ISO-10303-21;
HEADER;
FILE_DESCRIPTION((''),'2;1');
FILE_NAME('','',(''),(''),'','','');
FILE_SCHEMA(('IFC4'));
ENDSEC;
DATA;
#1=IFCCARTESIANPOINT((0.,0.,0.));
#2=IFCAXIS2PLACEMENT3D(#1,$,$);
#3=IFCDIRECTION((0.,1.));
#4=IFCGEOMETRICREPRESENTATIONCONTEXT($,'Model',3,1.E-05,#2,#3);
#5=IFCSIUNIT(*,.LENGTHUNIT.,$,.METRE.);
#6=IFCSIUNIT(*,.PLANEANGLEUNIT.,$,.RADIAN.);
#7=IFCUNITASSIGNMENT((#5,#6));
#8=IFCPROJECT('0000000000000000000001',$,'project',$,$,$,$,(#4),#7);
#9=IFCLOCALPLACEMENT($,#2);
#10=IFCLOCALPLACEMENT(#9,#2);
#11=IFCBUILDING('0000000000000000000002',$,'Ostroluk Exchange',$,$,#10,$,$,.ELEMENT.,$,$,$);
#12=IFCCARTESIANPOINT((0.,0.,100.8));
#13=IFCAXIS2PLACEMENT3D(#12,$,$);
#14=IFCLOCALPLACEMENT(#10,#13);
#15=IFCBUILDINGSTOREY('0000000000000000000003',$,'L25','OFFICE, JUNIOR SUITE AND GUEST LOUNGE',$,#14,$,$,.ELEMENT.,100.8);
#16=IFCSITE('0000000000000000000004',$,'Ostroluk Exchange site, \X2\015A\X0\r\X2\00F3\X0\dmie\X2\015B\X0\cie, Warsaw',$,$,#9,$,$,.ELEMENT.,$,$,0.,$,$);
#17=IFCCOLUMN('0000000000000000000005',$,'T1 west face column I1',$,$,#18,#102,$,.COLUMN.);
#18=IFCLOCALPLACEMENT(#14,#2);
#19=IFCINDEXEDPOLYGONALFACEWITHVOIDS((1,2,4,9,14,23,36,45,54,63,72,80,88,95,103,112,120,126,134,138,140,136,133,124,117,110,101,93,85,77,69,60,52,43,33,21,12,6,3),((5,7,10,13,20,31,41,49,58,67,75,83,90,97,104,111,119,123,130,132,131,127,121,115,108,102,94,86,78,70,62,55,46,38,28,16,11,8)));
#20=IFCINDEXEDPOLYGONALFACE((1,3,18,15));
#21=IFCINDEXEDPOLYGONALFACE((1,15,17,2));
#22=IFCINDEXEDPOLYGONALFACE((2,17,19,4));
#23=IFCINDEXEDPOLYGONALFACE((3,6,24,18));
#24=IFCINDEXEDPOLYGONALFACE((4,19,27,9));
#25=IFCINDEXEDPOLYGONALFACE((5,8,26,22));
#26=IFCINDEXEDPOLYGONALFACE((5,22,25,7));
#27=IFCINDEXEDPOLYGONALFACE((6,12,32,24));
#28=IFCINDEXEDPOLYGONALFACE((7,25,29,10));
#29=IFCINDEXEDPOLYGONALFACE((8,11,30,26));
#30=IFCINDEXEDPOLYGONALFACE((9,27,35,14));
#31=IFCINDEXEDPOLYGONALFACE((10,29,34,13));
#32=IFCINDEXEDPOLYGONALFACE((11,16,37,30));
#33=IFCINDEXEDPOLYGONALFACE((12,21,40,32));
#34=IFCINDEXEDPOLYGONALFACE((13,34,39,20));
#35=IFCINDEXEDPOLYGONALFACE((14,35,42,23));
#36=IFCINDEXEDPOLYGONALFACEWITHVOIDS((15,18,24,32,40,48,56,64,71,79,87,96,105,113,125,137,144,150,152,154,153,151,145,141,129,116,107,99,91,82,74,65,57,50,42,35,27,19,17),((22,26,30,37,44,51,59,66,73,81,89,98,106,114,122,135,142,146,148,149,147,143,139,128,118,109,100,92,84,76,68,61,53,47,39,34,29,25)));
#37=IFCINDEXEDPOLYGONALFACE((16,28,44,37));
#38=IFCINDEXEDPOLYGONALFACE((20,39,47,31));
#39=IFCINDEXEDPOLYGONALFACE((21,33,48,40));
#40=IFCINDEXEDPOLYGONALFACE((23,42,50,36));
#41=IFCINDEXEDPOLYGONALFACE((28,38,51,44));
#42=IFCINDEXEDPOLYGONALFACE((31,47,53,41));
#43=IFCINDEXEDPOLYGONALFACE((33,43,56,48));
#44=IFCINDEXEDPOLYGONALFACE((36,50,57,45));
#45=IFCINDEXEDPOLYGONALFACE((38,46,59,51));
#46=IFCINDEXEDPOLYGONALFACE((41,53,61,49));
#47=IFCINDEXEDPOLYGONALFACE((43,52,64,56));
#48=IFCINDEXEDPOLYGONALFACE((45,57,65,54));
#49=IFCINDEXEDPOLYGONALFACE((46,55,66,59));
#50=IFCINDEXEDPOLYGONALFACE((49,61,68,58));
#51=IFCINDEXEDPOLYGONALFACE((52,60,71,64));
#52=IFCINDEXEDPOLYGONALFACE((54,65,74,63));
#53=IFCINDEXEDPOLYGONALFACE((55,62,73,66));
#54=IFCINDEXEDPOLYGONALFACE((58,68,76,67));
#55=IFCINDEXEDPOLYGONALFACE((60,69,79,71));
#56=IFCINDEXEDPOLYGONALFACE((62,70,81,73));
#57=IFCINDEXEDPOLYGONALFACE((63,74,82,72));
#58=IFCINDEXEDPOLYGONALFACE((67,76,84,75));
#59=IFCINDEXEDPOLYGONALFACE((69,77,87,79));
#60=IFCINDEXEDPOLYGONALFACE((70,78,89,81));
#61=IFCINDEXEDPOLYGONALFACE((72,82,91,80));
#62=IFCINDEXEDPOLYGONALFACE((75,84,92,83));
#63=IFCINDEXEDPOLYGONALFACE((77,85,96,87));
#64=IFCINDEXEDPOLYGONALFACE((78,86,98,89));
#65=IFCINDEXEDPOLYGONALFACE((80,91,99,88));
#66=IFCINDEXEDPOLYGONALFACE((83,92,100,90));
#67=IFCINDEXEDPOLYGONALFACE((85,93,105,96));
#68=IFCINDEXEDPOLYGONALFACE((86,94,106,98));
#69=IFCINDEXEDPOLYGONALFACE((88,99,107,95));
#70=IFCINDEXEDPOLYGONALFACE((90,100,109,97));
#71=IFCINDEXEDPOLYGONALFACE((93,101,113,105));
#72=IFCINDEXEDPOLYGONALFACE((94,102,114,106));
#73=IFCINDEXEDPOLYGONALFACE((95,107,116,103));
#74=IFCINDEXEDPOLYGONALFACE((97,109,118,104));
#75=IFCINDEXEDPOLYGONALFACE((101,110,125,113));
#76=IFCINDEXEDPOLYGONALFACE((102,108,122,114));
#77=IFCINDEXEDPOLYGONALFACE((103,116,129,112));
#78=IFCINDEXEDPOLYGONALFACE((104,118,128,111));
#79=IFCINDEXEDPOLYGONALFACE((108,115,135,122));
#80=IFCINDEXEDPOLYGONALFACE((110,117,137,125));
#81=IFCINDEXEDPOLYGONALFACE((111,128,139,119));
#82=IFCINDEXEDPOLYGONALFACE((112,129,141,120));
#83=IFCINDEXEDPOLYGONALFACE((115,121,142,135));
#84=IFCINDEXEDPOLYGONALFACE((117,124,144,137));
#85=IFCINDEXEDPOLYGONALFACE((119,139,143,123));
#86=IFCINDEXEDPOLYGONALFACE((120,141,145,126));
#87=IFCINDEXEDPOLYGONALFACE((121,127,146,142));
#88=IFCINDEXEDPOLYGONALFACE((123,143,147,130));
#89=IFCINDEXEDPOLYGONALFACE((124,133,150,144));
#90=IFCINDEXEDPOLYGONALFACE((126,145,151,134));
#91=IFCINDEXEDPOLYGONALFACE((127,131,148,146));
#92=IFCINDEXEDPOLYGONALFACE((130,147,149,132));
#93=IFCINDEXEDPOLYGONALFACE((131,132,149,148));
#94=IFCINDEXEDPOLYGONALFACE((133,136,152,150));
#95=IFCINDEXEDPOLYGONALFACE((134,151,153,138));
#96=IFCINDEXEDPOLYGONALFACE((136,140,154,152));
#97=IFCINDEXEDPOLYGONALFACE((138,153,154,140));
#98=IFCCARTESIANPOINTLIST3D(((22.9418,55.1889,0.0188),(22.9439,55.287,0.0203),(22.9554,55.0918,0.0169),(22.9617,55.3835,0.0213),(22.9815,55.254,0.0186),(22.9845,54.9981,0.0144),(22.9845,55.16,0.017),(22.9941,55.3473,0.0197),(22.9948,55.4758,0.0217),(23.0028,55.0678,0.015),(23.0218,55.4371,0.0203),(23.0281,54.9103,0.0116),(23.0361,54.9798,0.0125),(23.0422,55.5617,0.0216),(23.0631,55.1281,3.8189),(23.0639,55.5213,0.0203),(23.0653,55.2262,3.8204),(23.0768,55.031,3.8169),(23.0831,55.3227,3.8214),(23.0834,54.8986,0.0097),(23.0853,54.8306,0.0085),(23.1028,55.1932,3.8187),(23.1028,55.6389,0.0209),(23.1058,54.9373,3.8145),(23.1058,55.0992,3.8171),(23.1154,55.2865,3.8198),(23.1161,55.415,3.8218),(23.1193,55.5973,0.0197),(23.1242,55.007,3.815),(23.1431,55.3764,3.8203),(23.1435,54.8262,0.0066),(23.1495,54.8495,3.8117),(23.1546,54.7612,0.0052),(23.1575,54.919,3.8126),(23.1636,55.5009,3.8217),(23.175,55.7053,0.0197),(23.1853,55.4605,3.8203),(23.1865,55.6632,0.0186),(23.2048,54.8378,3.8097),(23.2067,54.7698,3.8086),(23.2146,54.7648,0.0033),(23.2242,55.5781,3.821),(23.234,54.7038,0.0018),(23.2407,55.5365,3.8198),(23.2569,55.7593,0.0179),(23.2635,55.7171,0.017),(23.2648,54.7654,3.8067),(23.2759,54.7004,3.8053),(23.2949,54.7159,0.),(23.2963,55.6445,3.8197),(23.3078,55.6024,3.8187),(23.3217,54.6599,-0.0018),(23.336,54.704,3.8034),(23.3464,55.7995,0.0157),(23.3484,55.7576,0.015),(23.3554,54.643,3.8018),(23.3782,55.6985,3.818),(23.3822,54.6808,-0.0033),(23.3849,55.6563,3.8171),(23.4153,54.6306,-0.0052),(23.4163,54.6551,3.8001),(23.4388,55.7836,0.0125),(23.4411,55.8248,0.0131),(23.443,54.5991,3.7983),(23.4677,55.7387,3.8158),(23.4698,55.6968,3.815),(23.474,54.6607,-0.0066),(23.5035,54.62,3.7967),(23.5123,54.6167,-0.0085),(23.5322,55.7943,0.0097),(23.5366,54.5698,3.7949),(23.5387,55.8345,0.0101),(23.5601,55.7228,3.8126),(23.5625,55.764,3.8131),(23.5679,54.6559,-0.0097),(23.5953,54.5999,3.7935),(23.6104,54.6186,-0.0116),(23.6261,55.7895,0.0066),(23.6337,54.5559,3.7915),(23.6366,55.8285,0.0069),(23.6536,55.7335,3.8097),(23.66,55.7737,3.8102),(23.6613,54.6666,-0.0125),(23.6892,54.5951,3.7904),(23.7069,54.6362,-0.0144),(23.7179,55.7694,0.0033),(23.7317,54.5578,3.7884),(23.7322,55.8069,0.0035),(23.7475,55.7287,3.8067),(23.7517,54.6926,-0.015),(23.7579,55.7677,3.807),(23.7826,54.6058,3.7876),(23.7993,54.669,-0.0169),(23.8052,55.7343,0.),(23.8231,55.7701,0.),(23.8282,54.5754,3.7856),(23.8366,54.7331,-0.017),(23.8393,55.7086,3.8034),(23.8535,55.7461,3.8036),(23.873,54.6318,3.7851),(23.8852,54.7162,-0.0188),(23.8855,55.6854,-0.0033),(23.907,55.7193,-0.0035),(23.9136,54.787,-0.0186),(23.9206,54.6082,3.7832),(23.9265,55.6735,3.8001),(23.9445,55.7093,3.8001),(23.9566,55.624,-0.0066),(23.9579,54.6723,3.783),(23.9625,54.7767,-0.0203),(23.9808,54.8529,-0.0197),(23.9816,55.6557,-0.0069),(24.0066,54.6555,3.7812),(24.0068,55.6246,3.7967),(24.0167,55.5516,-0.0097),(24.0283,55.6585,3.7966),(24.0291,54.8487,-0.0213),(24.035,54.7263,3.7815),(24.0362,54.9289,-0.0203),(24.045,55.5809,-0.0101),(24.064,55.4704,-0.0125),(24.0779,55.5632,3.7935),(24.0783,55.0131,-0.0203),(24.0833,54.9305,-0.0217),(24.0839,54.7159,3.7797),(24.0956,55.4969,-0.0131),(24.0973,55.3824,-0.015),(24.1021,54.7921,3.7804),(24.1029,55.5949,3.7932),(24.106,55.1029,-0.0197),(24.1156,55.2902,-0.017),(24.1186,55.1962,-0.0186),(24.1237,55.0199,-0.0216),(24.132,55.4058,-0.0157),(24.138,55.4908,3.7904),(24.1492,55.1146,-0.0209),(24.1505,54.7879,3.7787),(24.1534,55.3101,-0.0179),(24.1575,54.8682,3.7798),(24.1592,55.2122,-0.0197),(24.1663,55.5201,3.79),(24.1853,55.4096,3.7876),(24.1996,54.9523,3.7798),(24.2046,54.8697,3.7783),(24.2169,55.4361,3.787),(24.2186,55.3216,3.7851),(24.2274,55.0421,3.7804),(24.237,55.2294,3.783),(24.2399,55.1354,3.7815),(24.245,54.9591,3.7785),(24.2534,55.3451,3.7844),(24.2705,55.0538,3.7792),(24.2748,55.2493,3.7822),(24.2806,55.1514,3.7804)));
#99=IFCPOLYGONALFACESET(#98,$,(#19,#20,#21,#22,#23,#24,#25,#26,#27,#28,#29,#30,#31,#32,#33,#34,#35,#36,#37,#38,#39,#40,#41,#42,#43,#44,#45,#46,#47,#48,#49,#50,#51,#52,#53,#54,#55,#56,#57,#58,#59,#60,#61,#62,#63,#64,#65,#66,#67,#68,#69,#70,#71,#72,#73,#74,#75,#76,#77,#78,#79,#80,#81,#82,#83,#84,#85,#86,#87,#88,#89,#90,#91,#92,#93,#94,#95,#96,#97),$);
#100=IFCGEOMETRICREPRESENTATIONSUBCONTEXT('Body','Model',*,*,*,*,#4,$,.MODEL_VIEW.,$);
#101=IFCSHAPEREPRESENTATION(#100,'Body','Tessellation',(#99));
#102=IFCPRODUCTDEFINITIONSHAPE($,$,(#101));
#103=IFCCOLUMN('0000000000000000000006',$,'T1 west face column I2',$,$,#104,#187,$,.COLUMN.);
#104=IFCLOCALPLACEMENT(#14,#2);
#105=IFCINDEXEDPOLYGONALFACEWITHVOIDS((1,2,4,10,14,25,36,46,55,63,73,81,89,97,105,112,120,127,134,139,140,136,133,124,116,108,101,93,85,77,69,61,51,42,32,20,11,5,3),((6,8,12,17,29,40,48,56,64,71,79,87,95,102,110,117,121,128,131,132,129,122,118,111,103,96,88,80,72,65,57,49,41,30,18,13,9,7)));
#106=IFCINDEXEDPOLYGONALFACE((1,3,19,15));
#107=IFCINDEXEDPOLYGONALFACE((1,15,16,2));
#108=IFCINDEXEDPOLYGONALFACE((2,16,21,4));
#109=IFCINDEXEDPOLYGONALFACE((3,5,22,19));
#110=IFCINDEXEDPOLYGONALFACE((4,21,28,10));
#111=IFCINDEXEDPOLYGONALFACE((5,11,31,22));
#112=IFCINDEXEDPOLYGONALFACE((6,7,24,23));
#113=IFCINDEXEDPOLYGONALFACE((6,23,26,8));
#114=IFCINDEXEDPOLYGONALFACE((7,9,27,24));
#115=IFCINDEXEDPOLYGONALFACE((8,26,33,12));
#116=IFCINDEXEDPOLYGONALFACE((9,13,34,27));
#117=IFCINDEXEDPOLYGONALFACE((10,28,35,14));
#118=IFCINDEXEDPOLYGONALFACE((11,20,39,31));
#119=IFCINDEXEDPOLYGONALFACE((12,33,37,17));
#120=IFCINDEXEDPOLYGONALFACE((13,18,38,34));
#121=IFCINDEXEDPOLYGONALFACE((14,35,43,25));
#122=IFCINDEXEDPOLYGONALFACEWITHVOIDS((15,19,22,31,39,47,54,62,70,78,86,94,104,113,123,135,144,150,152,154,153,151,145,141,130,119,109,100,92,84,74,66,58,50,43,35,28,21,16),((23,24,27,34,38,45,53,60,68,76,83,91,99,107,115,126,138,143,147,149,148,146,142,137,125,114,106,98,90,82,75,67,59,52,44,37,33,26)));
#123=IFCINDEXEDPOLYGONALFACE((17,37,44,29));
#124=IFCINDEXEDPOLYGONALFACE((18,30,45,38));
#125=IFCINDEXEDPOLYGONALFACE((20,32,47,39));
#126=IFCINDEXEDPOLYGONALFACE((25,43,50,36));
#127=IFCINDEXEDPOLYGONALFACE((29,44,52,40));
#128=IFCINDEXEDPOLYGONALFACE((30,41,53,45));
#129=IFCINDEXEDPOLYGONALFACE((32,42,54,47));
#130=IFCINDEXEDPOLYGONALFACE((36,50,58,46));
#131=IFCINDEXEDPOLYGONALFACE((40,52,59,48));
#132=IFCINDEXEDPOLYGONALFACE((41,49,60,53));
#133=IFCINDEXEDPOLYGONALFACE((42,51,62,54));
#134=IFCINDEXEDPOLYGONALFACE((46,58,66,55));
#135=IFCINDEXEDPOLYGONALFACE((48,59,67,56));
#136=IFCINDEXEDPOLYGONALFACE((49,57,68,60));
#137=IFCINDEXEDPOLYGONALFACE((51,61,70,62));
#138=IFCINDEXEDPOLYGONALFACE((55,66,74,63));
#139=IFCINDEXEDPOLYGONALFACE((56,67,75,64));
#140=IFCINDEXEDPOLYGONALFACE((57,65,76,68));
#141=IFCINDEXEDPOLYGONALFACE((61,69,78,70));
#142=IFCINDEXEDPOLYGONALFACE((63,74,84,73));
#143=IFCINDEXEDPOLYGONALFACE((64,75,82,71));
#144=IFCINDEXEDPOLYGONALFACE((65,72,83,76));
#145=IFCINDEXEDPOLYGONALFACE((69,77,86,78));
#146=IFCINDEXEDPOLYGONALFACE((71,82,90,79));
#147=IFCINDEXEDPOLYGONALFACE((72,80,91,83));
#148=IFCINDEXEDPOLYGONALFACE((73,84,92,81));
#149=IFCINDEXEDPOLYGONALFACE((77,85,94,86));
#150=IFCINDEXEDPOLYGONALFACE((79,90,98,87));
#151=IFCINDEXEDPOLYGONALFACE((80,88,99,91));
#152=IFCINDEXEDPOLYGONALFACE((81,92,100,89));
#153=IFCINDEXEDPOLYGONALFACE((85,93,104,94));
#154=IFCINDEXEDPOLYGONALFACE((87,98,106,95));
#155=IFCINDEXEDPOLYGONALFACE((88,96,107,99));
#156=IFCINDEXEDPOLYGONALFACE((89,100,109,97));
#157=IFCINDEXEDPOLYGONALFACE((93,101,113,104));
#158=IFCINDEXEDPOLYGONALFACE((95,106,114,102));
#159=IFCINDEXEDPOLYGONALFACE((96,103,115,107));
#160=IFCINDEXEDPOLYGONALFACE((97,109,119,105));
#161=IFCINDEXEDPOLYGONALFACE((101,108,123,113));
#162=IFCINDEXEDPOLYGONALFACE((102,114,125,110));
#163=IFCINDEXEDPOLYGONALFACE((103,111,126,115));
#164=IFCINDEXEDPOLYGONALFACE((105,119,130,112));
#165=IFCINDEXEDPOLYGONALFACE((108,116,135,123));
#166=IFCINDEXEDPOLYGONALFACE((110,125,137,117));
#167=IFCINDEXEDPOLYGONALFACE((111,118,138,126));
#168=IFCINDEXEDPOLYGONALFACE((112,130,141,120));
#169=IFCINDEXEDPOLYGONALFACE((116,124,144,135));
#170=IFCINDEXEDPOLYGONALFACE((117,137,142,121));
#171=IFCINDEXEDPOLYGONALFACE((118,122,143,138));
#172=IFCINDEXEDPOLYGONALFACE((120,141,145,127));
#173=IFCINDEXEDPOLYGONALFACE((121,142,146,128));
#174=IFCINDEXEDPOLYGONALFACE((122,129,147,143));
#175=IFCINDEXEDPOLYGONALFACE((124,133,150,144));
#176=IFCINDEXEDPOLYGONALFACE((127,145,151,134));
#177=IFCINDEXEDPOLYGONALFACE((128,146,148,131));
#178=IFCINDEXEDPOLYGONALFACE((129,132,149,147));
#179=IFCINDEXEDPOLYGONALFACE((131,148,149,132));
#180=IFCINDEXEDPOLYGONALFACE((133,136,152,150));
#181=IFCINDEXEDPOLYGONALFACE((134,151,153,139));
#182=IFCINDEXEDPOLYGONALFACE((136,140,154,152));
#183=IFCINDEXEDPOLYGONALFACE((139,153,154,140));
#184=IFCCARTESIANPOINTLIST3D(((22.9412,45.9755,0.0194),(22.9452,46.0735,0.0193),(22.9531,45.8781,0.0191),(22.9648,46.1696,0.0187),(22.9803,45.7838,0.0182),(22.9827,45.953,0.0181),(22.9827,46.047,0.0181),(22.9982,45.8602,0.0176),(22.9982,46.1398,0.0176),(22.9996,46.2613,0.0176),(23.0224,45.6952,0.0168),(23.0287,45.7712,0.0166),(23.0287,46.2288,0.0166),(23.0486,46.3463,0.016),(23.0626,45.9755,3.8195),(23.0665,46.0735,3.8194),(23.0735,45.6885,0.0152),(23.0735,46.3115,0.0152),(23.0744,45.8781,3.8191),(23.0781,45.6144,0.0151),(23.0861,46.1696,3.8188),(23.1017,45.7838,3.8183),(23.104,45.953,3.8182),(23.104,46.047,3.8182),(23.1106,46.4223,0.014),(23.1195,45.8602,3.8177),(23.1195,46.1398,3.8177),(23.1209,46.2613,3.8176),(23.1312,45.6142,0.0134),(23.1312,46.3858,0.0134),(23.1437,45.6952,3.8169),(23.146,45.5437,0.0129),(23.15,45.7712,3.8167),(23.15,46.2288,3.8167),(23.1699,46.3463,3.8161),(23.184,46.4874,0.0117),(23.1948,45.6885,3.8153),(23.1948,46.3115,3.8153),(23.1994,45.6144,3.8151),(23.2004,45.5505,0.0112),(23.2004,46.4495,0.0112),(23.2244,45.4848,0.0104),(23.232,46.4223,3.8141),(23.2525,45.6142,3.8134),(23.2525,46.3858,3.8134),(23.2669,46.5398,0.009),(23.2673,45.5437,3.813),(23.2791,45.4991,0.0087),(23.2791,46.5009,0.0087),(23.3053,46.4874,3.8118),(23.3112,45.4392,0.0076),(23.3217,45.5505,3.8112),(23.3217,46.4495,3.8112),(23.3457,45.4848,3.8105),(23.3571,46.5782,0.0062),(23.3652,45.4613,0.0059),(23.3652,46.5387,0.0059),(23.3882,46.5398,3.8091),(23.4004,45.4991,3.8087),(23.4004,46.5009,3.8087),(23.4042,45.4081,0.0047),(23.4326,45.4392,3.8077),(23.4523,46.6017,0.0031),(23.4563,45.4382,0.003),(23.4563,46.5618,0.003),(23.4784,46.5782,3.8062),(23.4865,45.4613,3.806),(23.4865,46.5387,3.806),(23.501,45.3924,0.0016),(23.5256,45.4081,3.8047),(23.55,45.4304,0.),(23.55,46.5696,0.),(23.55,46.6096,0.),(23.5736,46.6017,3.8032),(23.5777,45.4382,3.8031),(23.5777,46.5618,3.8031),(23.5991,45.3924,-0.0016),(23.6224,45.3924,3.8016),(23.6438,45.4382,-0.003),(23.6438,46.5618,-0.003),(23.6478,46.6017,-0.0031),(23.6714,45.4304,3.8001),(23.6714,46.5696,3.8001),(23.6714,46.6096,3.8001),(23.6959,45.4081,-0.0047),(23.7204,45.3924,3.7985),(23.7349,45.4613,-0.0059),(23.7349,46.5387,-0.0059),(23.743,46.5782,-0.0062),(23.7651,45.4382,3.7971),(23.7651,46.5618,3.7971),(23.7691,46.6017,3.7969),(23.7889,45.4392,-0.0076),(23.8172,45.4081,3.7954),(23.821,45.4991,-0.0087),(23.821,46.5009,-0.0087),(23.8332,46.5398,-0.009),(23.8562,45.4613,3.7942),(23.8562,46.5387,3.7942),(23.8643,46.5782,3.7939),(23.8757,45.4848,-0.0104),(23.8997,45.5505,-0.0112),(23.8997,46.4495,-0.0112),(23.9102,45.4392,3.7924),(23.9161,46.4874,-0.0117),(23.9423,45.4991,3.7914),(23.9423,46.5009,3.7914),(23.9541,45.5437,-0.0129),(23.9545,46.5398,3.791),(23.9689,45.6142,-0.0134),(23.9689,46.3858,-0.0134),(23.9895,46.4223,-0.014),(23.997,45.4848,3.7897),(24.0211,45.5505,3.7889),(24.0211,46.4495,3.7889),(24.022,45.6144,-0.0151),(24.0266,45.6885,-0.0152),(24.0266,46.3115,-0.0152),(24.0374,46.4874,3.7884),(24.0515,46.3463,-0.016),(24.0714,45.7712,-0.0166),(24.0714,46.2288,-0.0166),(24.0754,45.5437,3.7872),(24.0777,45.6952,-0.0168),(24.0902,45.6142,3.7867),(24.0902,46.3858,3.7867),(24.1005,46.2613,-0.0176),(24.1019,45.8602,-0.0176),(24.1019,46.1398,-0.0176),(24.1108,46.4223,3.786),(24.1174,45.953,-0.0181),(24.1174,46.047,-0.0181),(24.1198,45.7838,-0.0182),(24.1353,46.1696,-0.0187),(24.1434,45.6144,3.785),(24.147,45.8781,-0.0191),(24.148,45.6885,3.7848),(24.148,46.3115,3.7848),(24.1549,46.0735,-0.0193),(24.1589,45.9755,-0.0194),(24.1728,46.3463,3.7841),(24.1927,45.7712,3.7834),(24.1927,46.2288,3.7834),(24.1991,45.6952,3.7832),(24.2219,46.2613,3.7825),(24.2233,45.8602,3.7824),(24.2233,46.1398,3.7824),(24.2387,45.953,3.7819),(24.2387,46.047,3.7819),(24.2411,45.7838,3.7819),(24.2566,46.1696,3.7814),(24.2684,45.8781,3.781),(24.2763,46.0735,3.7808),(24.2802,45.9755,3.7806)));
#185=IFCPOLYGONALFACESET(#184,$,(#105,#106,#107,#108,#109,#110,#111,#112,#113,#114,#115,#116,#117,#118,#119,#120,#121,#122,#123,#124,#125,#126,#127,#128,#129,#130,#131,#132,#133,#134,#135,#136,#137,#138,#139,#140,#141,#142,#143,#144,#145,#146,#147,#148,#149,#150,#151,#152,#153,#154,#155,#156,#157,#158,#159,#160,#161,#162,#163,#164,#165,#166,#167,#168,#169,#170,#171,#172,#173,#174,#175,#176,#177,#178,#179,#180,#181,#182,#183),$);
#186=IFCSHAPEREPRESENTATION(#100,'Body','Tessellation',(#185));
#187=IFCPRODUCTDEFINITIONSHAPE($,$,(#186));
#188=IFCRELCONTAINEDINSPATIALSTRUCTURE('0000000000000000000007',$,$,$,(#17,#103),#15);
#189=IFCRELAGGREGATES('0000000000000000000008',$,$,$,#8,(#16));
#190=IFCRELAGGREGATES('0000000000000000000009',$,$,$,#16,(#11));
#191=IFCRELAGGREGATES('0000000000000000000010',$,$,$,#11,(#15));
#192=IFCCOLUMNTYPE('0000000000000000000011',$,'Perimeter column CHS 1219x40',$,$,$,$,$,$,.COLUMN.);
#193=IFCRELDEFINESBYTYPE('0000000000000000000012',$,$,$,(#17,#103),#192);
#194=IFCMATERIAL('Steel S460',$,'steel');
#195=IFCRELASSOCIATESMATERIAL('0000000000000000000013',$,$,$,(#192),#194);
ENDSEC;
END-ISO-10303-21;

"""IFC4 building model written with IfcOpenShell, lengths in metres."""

from ifc_helpers import new_model, si_unit, direction, frame, origin, origin_2d, place, context, subcontext, project, spatial, hollow_circle, extrude, material, material_profile, profile_set, type_object, element, save


model = new_model("IFC4")

# Units and contexts
model_context = context("Model", 3, precision=1e-05, world=origin(), true_north=direction((0.0, 1.0)))
body_context = subcontext(model_context, "Body", "Model", "MODEL_VIEW")
ifc_project = project(units=[si_unit("LENGTHUNIT", "METRE"), si_unit("PLANEANGLEUNIT", "RADIAN")], contexts=[model_context])

# Site, building, storey
site_placement = place(None, origin())
site = spatial("IfcSite", under=ifc_project, at=site_placement, Name="Ostroluk Exchange site, Śródmieście, Warsaw", CompositionType="ELEMENT", RefElevation=0.0)
building_placement = place(site_placement, origin())
building = spatial("IfcBuilding", under=site, at=building_placement, Name="Ostroluk Exchange", CompositionType="ELEMENT")
storey_placement = place(building_placement, frame((0.0, 0.0, 100.8)))
storey = spatial("IfcBuildingStorey", under=building, at=storey_placement, Name="L25", Description="OFFICE, JUNIOR SUITE AND GUEST LOUNGE", CompositionType="ELEMENT", Elevation=100.8)

# Columns
ifc_material_1 = material(Name="Steel S460", Category="steel")
ifc_material_profile_1 = material_profile(ifc_material_1, hollow_circle(Radius=0.6096, WallThickness=0.04, at=origin_2d()), Name="CHS 1219x40")
ifc_profile_set_1 = profile_set([ifc_material_profile_1], Name="Steel S460")
column_type = type_object("IfcColumnType", Name="Perimeter column CHS 1219x40", PredefinedType="COLUMN", material=ifc_profile_set_1)
column_1_placement = place(storey_placement, frame((23.55, 55.2251, 0.0), z_axis=(0.03191, -0.015987, 0.999363), x_axis=(0.447933, 0.894067, 0.0)))
element("IfcColumn", 1, at=column_1_placement, inside=storey, type_object=column_type, Name="T1 west face column I1", PredefinedType="COLUMN", context=body_context, shape_type="SweptSolid", body=[
    extrude(hollow_circle(Radius=0.6096, WallThickness=0.04, at=origin_2d()), origin(), (0.0, 0.0, 1.0), 3.8025),
])
column_2_placement = place(storey_placement, frame((23.55, 46.0, 0.0), z_axis=(0.031914, 0.0, 0.999491), x_axis=(0.0, 1.0, 0.0)))
element("IfcColumn", 2, at=column_2_placement, inside=storey, type_object=column_type, Name="T1 west face column I2", PredefinedType="COLUMN", context=body_context, shape_type="SweptSolid", body=[
    extrude(hollow_circle(Radius=0.6096, WallThickness=0.04, at=origin_2d()), origin(), (0.0, 0.0, 1.0), 3.802),
])

save(model, "model.ifc")
